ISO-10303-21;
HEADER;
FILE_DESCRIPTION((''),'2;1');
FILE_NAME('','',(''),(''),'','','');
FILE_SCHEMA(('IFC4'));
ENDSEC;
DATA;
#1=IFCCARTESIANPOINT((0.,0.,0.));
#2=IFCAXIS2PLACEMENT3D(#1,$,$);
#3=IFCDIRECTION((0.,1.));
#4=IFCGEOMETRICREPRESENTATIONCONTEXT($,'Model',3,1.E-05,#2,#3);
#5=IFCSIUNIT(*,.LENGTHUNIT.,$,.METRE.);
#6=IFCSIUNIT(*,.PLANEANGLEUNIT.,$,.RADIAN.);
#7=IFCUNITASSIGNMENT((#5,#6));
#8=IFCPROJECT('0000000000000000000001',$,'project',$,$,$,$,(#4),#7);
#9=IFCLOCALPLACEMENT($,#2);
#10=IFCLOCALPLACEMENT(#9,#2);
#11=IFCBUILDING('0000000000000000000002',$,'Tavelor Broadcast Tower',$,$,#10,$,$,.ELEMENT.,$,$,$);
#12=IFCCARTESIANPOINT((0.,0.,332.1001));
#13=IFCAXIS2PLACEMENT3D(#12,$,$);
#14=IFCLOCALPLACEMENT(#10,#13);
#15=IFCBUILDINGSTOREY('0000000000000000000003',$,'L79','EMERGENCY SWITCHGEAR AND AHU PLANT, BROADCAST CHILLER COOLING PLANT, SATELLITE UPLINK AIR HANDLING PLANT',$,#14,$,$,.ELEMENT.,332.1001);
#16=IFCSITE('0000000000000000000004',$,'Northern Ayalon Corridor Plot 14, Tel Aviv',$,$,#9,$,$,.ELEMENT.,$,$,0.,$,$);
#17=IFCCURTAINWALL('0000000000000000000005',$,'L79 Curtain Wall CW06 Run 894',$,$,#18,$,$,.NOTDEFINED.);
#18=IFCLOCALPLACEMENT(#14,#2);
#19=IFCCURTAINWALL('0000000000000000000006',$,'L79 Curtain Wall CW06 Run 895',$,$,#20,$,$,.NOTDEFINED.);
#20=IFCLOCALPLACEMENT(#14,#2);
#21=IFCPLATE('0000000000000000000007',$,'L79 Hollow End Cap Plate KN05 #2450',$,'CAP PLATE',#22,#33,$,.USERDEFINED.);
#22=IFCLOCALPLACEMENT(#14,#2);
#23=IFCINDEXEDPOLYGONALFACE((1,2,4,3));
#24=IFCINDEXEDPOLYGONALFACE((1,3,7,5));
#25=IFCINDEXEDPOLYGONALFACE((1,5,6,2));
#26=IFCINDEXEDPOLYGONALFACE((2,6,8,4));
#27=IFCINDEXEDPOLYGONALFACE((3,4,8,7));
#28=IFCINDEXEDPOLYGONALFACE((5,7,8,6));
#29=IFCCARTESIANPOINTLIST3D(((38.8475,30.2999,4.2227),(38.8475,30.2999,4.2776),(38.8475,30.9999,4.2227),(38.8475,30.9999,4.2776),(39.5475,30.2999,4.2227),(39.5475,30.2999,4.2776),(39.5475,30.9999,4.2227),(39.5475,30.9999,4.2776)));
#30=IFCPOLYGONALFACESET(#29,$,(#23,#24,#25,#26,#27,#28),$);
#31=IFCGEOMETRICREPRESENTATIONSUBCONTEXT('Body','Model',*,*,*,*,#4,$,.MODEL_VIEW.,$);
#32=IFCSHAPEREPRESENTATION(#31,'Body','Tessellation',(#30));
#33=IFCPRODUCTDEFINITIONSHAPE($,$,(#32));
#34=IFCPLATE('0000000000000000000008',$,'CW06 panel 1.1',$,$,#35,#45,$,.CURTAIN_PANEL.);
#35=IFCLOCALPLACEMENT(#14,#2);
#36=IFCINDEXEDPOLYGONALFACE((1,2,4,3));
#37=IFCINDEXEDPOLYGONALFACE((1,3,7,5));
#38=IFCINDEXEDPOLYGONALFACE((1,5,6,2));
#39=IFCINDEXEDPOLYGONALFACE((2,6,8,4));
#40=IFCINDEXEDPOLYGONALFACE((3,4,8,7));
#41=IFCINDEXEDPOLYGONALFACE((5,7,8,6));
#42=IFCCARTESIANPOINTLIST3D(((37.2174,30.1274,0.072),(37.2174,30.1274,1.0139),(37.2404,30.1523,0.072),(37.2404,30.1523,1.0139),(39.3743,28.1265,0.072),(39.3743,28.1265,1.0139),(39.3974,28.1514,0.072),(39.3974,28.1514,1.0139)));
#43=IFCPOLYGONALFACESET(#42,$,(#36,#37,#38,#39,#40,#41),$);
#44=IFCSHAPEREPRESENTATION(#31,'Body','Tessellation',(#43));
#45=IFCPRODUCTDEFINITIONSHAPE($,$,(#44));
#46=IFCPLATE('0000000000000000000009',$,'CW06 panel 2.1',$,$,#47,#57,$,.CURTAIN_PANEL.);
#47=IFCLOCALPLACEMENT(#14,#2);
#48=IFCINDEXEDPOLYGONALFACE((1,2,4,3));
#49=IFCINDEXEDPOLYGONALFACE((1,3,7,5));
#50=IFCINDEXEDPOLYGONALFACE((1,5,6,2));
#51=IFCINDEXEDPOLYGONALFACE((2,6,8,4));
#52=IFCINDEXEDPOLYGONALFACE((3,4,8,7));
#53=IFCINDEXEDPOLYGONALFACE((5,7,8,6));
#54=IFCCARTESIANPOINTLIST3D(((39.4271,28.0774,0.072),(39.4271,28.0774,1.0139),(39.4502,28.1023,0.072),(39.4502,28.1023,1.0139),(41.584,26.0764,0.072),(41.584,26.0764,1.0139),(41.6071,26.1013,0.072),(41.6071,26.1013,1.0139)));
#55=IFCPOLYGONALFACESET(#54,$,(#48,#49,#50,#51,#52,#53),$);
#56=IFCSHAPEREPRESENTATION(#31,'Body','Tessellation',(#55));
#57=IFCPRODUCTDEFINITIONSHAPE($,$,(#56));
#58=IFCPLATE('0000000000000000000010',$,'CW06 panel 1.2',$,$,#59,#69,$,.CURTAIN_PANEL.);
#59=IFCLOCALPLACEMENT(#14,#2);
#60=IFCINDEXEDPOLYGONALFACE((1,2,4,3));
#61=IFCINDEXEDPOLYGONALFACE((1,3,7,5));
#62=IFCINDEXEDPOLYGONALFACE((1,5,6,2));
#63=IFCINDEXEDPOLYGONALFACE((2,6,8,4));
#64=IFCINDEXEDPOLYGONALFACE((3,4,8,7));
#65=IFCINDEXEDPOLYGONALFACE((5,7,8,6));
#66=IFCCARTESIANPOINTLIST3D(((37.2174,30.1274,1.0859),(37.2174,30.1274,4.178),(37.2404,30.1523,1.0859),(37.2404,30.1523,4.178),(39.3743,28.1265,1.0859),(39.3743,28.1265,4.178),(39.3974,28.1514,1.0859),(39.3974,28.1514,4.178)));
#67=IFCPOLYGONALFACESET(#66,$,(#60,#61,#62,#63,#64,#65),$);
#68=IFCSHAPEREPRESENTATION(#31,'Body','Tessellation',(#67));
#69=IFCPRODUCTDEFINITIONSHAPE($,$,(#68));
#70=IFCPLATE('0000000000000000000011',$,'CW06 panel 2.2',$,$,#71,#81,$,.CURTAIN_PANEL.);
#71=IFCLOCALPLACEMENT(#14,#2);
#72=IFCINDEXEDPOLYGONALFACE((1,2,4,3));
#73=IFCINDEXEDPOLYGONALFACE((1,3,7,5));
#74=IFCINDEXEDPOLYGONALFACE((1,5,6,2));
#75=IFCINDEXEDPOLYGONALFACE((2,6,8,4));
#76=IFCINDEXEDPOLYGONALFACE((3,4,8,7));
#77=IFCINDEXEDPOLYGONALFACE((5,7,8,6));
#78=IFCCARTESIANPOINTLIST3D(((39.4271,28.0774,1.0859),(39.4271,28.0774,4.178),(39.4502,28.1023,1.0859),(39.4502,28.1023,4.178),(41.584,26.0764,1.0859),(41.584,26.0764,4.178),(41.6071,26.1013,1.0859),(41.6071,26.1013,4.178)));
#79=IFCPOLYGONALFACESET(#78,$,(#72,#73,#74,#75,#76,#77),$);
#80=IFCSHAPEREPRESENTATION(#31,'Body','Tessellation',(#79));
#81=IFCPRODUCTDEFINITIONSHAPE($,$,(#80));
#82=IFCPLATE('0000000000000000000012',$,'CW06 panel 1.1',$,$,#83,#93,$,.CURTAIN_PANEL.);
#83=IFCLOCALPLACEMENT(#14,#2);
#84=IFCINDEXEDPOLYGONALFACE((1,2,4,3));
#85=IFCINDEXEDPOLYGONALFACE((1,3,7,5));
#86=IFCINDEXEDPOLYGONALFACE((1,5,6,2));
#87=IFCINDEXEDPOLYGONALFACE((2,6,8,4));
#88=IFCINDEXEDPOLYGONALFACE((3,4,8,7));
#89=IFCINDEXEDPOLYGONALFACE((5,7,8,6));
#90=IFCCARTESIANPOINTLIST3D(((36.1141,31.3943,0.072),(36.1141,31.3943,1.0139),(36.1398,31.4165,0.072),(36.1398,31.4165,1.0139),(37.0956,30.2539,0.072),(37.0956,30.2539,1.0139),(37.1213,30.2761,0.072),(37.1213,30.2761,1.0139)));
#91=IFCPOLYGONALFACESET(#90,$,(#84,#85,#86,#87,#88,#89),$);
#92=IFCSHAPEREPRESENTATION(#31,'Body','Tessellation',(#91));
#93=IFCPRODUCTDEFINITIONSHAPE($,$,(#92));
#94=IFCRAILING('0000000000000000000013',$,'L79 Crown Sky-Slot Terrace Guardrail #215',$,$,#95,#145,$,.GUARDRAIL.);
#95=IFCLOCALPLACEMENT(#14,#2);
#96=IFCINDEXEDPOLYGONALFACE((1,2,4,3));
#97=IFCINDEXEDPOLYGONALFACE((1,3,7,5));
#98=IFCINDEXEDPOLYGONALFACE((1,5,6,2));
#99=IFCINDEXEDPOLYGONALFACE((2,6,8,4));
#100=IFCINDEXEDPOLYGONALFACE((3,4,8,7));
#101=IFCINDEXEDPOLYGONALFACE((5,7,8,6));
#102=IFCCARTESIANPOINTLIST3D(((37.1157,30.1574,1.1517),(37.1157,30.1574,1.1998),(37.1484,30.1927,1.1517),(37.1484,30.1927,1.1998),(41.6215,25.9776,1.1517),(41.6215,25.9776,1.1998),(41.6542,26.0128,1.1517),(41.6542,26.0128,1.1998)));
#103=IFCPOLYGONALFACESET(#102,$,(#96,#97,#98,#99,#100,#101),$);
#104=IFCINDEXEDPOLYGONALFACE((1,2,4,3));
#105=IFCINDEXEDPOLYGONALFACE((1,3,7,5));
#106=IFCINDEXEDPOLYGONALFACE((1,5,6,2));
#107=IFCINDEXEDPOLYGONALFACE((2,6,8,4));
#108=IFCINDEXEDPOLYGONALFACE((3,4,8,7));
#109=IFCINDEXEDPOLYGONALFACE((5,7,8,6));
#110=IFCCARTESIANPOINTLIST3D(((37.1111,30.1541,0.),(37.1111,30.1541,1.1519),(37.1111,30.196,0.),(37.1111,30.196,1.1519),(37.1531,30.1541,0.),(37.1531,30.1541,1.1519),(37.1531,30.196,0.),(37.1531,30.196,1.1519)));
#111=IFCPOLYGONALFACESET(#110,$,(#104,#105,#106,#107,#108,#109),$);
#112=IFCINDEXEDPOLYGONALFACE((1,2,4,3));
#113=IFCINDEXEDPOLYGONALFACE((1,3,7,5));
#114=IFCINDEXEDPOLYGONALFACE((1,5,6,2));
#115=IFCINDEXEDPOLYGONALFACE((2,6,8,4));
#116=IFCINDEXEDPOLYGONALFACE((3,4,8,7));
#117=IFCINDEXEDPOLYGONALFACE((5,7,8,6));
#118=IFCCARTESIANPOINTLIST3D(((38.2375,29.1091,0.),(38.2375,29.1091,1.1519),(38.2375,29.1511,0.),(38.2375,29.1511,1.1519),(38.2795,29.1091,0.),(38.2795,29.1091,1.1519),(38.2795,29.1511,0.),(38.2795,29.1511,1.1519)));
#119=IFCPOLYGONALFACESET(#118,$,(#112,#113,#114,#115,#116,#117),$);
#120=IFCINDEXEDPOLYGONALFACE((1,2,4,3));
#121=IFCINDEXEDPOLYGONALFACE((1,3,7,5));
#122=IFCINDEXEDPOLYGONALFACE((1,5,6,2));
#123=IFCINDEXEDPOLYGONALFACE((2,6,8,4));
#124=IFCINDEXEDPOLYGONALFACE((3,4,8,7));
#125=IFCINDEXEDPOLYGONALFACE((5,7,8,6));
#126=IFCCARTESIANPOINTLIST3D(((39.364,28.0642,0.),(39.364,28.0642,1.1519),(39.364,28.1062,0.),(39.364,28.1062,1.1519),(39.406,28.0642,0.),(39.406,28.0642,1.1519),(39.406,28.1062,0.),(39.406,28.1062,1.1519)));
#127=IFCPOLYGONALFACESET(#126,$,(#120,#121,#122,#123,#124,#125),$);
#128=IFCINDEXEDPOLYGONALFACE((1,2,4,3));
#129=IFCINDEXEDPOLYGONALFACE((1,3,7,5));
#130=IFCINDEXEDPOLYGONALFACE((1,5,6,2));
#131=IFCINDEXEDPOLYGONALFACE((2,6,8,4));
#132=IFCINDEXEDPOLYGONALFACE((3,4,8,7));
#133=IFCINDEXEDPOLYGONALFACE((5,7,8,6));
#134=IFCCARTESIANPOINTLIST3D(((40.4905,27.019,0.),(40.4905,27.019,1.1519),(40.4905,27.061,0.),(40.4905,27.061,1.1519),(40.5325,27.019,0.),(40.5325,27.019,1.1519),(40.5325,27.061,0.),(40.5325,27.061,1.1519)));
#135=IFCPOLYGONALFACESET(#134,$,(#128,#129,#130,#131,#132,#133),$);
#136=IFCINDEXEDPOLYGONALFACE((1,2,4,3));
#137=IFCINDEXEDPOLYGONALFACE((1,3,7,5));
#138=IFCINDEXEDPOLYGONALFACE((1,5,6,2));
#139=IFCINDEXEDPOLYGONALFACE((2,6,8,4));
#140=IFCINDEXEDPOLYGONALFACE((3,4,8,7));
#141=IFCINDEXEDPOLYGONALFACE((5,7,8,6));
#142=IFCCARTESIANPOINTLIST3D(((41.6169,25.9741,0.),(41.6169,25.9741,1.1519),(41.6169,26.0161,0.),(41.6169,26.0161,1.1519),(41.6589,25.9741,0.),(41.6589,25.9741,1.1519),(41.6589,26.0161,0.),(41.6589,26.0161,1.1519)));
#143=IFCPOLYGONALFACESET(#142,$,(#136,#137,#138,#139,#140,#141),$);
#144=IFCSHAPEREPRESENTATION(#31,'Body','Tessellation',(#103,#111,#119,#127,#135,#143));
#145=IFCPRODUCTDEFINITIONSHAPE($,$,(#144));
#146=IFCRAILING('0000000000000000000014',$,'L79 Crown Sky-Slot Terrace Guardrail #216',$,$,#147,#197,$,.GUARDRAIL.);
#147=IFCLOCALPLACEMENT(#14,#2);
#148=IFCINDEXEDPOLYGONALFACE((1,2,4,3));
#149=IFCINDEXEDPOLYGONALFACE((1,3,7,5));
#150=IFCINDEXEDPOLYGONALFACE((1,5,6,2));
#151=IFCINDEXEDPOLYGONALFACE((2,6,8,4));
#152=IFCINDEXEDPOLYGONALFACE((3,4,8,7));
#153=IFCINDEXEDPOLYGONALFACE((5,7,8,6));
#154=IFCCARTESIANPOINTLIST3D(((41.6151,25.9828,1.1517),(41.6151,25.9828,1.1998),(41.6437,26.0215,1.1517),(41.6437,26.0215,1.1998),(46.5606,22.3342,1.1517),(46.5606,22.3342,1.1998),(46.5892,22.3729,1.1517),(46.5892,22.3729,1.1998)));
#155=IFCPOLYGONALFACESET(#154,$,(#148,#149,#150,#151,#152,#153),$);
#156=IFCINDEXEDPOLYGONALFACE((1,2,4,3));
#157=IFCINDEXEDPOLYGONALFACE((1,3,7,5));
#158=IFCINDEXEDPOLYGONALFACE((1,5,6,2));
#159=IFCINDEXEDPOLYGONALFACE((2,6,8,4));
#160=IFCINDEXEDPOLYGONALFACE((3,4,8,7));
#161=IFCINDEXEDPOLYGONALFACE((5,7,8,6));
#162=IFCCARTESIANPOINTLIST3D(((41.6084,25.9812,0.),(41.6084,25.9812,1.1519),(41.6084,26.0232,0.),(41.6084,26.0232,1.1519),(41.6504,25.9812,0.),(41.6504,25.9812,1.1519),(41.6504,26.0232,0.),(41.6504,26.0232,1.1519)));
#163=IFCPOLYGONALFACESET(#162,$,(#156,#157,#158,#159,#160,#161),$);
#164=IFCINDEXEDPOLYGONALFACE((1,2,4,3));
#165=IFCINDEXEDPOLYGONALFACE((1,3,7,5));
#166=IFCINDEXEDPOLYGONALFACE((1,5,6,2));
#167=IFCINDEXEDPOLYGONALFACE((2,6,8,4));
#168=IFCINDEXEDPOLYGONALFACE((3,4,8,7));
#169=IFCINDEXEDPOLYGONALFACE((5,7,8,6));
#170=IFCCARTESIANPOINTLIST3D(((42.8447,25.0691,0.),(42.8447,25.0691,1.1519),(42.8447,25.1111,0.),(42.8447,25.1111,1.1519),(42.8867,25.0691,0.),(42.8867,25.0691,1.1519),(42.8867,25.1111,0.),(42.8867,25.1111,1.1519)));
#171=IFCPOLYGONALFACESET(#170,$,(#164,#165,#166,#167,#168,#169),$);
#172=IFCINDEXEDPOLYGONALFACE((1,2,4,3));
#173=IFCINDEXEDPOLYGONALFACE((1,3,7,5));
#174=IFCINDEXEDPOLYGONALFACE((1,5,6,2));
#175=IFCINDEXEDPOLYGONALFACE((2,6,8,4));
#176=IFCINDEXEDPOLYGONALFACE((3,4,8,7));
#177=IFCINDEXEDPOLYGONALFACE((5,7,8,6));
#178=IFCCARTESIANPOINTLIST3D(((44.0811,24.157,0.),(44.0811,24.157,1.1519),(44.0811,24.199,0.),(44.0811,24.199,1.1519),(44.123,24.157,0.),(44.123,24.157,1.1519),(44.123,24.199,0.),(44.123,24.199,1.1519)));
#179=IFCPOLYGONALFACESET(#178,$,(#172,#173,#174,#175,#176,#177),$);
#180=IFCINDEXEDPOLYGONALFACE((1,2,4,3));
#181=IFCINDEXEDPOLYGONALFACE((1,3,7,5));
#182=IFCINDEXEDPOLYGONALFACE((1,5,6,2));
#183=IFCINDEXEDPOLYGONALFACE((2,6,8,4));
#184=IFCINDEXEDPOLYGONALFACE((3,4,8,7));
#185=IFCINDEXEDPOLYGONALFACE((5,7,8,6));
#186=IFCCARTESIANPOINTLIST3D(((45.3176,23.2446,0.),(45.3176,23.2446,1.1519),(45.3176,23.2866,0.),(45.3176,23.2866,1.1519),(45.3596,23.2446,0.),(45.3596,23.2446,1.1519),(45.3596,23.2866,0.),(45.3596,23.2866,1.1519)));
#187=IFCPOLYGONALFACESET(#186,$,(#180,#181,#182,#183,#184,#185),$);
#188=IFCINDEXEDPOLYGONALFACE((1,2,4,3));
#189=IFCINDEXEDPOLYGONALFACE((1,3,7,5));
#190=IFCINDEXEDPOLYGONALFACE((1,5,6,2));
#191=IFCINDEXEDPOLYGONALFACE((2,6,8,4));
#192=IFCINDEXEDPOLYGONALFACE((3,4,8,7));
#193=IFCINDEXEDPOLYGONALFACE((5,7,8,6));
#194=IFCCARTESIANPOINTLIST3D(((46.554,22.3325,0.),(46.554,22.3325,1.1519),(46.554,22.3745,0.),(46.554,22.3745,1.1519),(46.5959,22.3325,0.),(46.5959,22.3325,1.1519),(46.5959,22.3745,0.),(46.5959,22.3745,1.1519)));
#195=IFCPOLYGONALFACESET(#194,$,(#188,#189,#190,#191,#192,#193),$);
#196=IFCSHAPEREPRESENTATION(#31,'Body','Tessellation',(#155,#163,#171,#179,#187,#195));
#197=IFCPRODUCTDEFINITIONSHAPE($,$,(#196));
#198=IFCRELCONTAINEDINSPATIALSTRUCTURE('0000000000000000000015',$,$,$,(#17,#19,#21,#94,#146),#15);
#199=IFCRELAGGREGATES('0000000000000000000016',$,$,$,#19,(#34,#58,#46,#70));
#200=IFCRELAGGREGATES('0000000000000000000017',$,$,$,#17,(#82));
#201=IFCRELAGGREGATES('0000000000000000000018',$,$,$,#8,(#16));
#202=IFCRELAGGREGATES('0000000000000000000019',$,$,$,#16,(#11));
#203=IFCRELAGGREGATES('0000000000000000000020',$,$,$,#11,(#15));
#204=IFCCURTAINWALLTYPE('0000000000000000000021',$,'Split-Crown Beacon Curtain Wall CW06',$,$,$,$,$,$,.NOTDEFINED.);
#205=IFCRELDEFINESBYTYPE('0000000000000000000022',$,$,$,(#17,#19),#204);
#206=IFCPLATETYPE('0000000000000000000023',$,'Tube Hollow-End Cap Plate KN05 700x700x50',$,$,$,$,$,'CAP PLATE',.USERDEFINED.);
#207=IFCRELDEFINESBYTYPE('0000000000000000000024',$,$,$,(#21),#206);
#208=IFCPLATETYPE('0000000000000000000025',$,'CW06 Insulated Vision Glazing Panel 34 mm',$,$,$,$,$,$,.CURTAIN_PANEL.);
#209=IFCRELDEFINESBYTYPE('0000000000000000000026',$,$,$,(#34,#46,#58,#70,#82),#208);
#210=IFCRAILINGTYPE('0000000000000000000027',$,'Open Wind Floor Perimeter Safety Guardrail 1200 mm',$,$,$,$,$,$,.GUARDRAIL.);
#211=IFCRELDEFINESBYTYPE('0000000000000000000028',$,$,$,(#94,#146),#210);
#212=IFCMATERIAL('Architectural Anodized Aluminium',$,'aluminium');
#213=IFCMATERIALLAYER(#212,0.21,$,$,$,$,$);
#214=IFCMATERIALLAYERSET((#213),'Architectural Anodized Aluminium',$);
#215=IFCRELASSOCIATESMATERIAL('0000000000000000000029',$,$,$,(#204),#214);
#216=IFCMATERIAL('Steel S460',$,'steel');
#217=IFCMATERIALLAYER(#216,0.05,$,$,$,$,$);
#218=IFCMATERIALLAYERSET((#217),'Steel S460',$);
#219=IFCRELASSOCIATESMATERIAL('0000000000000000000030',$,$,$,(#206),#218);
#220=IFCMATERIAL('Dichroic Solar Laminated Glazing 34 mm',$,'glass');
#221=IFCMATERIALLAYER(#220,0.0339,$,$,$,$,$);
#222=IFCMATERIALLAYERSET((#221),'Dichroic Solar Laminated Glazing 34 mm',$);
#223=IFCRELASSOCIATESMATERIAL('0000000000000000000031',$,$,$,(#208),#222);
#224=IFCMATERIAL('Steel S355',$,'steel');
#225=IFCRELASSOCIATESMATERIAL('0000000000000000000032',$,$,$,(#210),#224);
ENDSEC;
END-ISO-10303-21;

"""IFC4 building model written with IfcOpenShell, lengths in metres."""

from ifc_helpers import new_model, si_unit, direction, frame, origin, origin_2d, place, context, subcontext, project, spatial, rectangle, extrude, source, transform, mapped, material, layer, layer_set, type_object, type_shapes, element, aggregate, save


model = new_model("IFC4")

# Units and contexts
model_context = context("Model", 3, precision=1e-05, world=origin(), true_north=direction((0.0, 1.0)))
body_context = subcontext(model_context, "Body", "Model", "MODEL_VIEW")
ifc_project = project(units=[si_unit("LENGTHUNIT", "METRE"), si_unit("PLANEANGLEUNIT", "RADIAN")], contexts=[model_context])

# Site, building, storey
site_placement = place(None, origin())
site = spatial("IfcSite", under=ifc_project, at=site_placement, Name="Northern Ayalon Corridor Plot 14, Tel Aviv", CompositionType="ELEMENT", RefElevation=0.0)
building_placement = place(site_placement, origin())
building = spatial("IfcBuilding", under=site, at=building_placement, Name="Tavelor Broadcast Tower", CompositionType="ELEMENT")
storey_placement = place(building_placement, frame((0.0, 0.0, 332.1001)))
storey = spatial("IfcBuildingStorey", under=building, at=storey_placement, Name="L79", Description="EMERGENCY SWITCHGEAR AND AHU PLANT, BROADCAST CHILLER COOLING PLANT, SATELLITE UPLINK AIR HANDLING PLANT", CompositionType="ELEMENT", Elevation=332.1001)

# Shared definitions
ifc_material_1 = material(Name="Steel S355", Category="steel")

# Curtain wall
ifc_material_2 = material(Name="Architectural Anodized Aluminium", Category="aluminium")
ifc_layer_1 = layer(ifc_material_2, 0.21)
ifc_layer_set_1 = layer_set([ifc_layer_1], Name="Architectural Anodized Aluminium")
curtain_wall_type = type_object("IfcCurtainWallType", Name="Split-Crown Beacon Curtain Wall CW06", PredefinedType="NOTDEFINED", material=ifc_layer_set_1)
curtain_wall_1_placement = place(storey_placement, origin())
curtain_wall_1 = element("IfcCurtainWall", 1, at=curtain_wall_1_placement, inside=storey, type_object=curtain_wall_type, Name="L79 Curtain Wall CW06 Run 894", PredefinedType="NOTDEFINED")

# Curtain wall
curtain_wall_2_placement = place(storey_placement, origin())
curtain_wall_2 = element("IfcCurtainWall", 2, at=curtain_wall_2_placement, inside=storey, type_object=curtain_wall_type, Name="L79 Curtain Wall CW06 Run 895", PredefinedType="NOTDEFINED")

# Plate
ifc_material_3 = material(Name="Steel S460", Category="steel")
ifc_layer_2 = layer(ifc_material_3, 0.05)
ifc_layer_set_2 = layer_set([ifc_layer_2], Name="Steel S460")
plate_type_1 = type_object("IfcPlateType", Name="Tube Hollow-End Cap Plate KN05 700x700x50", ElementType="CAP PLATE", PredefinedType="USERDEFINED", material=ifc_layer_set_2)
shared_shape_1 = source(origin(), body_context, "Body", "SweptSolid", [
    extrude(rectangle(XDim=0.7, YDim=0.7, at=origin_2d()), origin(), (0.0, 0.0, 1.0), 0.0549),
])
type_shapes(plate_type_1, [shared_shape_1])
for number, where, z_axis, x_axis, name in (
    (3, (39.1975, 30.6499, 4.2227), (0.0, 0.0, 1.0), (1.0, 0.0, 0.0), "L79 Hollow End Cap Plate KN05 #2450"),
):
    element("IfcPlate", number, at=place(storey_placement, frame(where, z_axis=z_axis, x_axis=x_axis)), inside=storey, type_object=plate_type_1, Name=name, ObjectType="CAP PLATE", PredefinedType="USERDEFINED", context=body_context, shape_type="MappedRepresentation", body=[
        mapped(shared_shape_1, transform((0.0, 0.0, 0.0), scale=1.0)),
    ])

# Plates
ifc_material_4 = material(Name="Dichroic Solar Laminated Glazing 34 mm", Category="glass")
ifc_layer_3 = layer(ifc_material_4, 0.0339)
ifc_layer_set_3 = layer_set([ifc_layer_3], Name="Dichroic Solar Laminated Glazing 34 mm")
plate_type_2 = type_object("IfcPlateType", Name="CW06 Insulated Vision Glazing Panel 34 mm", PredefinedType="CURTAIN_PANEL", material=ifc_layer_set_3)
shared_shape_2 = source(origin(), body_context, "Body", "SweptSolid", [
    extrude(rectangle(XDim=2.9421, YDim=0.0339, at=origin_2d()), origin(), (0.0, 0.0, 1.0), 0.9419),
])
plate_1_placement = place(storey_placement, frame((38.3074, 29.1394, 0.072), z_axis=(0.0, 0.0, 1.0), x_axis=(0.733117, -0.680103, 0.0)))
plate_1 = element("IfcPlate", 4, at=plate_1_placement, type_object=plate_type_2, Name="CW06 panel 1.1", PredefinedType="CURTAIN_PANEL", context=body_context, shape_type="MappedRepresentation", body=[
    mapped(shared_shape_2, transform((0.0, 0.0, 0.0), scale=1.0)),
])
plate_2_placement = place(storey_placement, frame((40.5171, 27.0894, 0.072), z_axis=(0.0, 0.0, 1.0), x_axis=(0.733117, -0.680103, 0.0)))
plate_2 = element("IfcPlate", 5, at=plate_2_placement, type_object=plate_type_2, Name="CW06 panel 2.1", PredefinedType="CURTAIN_PANEL", context=body_context, shape_type="MappedRepresentation", body=[
    mapped(shared_shape_2, transform((0.0, 0.0, 0.0), scale=1.0)),
])
shared_shape_3 = source(origin(), body_context, "Body", "SweptSolid", [
    extrude(rectangle(XDim=2.9421, YDim=0.0339, at=origin_2d()), origin(), (0.0, 0.0, 1.0), 3.092),
])
plate_3_placement = place(storey_placement, frame((38.3074, 29.1394, 1.0859), z_axis=(0.0, 0.0, 1.0), x_axis=(0.733117, -0.680103, 0.0)))
plate_3 = element("IfcPlate", 6, at=plate_3_placement, type_object=plate_type_2, Name="CW06 panel 1.2", PredefinedType="CURTAIN_PANEL", context=body_context, shape_type="MappedRepresentation", body=[
    mapped(shared_shape_3, transform((0.0, 0.0, 0.0), scale=1.0)),
])
plate_4_placement = place(storey_placement, frame((40.5171, 27.0894, 1.0859), z_axis=(0.0, 0.0, 1.0), x_axis=(0.733117, -0.680103, 0.0)))
plate_4 = element("IfcPlate", 7, at=plate_4_placement, type_object=plate_type_2, Name="CW06 panel 2.2", PredefinedType="CURTAIN_PANEL", context=body_context, shape_type="MappedRepresentation", body=[
    mapped(shared_shape_3, transform((0.0, 0.0, 0.0), scale=1.0)),
])
aggregate(curtain_wall_2, [plate_1, plate_3, plate_2, plate_4])
shared_shape_4 = source(origin(), body_context, "Body", "SweptSolid", [
    extrude(rectangle(XDim=1.5046, YDim=0.0339, at=origin_2d()), origin(), (0.0, 0.0, 1.0), 0.9419),
])
type_shapes(plate_type_2, [shared_shape_2, shared_shape_3, shared_shape_4])
plate_5_placement = place(storey_placement, frame((36.6177, 30.8352, 0.072), z_axis=(0.0, 0.0, 1.0), x_axis=(0.652333, -0.757932, 0.0)))
plate_5 = element("IfcPlate", 8, at=plate_5_placement, type_object=plate_type_2, Name="CW06 panel 1.1", PredefinedType="CURTAIN_PANEL", context=body_context, shape_type="MappedRepresentation", body=[
    mapped(shared_shape_4, transform((0.0, 0.0, 0.0), scale=1.0)),
])
aggregate(curtain_wall_1, [plate_5])

# Railings
railing_type = type_object("IfcRailingType", Name="Open Wind Floor Perimeter Safety Guardrail 1200 mm", PredefinedType="GUARDRAIL", material=ifc_material_1)
railing_1_placement = place(storey_placement, frame((37.1321, 30.175, 0.0)))
element("IfcRailing", 9, at=railing_1_placement, inside=storey, type_object=railing_type, Name="L79 Crown Sky-Slot Terrace Guardrail #215", PredefinedType="GUARDRAIL", context=body_context, shape_type="SweptSolid", body=[
    extrude(rectangle(XDim=0.0481, YDim=0.0481, at=origin_2d()), frame((0.0, 0.0, 1.1758), z_axis=(0.733124, -0.680094, 0.0), x_axis=(0.680094, 0.733124, 0.0)), (0.0, 0.0, 1.0), 6.146),
    extrude(rectangle(XDim=0.042, YDim=0.042, at=origin_2d()), origin(), (0.0, 0.0, 1.0), 1.1519),
    extrude(rectangle(XDim=0.042, YDim=0.042, at=origin_2d()), frame((1.1265, -1.0449, 0.0)), (0.0, 0.0, 1.0), 1.1519),
    extrude(rectangle(XDim=0.042, YDim=0.042, at=origin_2d()), frame((2.2529, -2.0898, 0.0)), (0.0, 0.0, 1.0), 1.1519),
    extrude(rectangle(XDim=0.042, YDim=0.042, at=origin_2d()), frame((3.3794, -3.135, 0.0)), (0.0, 0.0, 1.0), 1.1519),
    extrude(rectangle(XDim=0.042, YDim=0.042, at=origin_2d()), frame((4.5059, -4.1799, 0.0)), (0.0, 0.0, 1.0), 1.1519),
])
railing_2_placement = place(storey_placement, frame((41.6294, 26.0022, 0.0)))
element("IfcRailing", 10, at=railing_2_placement, inside=storey, type_object=railing_type, Name="L79 Crown Sky-Slot Terrace Guardrail #216", PredefinedType="GUARDRAIL", context=body_context, shape_type="SweptSolid", body=[
    extrude(rectangle(XDim=0.0481, YDim=0.0481, at=origin_2d()), frame((0.0, 0.0, 1.1758), z_axis=(0.804699, -0.593683, 0.0), x_axis=(0.593683, 0.804699, 0.0)), (0.0, 0.0, 1.0), 6.1458),
    extrude(rectangle(XDim=0.042, YDim=0.042, at=origin_2d()), origin(), (0.0, 0.0, 1.0), 1.1519),
    extrude(rectangle(XDim=0.042, YDim=0.042, at=origin_2d()), frame((1.2363, -0.9121, 0.0)), (0.0, 0.0, 1.0), 1.1519),
    extrude(rectangle(XDim=0.042, YDim=0.042, at=origin_2d()), frame((2.4727, -1.8242, 0.0)), (0.0, 0.0, 1.0), 1.1519),
    extrude(rectangle(XDim=0.042, YDim=0.042, at=origin_2d()), frame((3.7092, -2.7366, 0.0)), (0.0, 0.0, 1.0), 1.1519),
    extrude(rectangle(XDim=0.042, YDim=0.042, at=origin_2d()), frame((4.9456, -3.6487, 0.0)), (0.0, 0.0, 1.0), 1.1519),
])

save(model, "model.ifc")
